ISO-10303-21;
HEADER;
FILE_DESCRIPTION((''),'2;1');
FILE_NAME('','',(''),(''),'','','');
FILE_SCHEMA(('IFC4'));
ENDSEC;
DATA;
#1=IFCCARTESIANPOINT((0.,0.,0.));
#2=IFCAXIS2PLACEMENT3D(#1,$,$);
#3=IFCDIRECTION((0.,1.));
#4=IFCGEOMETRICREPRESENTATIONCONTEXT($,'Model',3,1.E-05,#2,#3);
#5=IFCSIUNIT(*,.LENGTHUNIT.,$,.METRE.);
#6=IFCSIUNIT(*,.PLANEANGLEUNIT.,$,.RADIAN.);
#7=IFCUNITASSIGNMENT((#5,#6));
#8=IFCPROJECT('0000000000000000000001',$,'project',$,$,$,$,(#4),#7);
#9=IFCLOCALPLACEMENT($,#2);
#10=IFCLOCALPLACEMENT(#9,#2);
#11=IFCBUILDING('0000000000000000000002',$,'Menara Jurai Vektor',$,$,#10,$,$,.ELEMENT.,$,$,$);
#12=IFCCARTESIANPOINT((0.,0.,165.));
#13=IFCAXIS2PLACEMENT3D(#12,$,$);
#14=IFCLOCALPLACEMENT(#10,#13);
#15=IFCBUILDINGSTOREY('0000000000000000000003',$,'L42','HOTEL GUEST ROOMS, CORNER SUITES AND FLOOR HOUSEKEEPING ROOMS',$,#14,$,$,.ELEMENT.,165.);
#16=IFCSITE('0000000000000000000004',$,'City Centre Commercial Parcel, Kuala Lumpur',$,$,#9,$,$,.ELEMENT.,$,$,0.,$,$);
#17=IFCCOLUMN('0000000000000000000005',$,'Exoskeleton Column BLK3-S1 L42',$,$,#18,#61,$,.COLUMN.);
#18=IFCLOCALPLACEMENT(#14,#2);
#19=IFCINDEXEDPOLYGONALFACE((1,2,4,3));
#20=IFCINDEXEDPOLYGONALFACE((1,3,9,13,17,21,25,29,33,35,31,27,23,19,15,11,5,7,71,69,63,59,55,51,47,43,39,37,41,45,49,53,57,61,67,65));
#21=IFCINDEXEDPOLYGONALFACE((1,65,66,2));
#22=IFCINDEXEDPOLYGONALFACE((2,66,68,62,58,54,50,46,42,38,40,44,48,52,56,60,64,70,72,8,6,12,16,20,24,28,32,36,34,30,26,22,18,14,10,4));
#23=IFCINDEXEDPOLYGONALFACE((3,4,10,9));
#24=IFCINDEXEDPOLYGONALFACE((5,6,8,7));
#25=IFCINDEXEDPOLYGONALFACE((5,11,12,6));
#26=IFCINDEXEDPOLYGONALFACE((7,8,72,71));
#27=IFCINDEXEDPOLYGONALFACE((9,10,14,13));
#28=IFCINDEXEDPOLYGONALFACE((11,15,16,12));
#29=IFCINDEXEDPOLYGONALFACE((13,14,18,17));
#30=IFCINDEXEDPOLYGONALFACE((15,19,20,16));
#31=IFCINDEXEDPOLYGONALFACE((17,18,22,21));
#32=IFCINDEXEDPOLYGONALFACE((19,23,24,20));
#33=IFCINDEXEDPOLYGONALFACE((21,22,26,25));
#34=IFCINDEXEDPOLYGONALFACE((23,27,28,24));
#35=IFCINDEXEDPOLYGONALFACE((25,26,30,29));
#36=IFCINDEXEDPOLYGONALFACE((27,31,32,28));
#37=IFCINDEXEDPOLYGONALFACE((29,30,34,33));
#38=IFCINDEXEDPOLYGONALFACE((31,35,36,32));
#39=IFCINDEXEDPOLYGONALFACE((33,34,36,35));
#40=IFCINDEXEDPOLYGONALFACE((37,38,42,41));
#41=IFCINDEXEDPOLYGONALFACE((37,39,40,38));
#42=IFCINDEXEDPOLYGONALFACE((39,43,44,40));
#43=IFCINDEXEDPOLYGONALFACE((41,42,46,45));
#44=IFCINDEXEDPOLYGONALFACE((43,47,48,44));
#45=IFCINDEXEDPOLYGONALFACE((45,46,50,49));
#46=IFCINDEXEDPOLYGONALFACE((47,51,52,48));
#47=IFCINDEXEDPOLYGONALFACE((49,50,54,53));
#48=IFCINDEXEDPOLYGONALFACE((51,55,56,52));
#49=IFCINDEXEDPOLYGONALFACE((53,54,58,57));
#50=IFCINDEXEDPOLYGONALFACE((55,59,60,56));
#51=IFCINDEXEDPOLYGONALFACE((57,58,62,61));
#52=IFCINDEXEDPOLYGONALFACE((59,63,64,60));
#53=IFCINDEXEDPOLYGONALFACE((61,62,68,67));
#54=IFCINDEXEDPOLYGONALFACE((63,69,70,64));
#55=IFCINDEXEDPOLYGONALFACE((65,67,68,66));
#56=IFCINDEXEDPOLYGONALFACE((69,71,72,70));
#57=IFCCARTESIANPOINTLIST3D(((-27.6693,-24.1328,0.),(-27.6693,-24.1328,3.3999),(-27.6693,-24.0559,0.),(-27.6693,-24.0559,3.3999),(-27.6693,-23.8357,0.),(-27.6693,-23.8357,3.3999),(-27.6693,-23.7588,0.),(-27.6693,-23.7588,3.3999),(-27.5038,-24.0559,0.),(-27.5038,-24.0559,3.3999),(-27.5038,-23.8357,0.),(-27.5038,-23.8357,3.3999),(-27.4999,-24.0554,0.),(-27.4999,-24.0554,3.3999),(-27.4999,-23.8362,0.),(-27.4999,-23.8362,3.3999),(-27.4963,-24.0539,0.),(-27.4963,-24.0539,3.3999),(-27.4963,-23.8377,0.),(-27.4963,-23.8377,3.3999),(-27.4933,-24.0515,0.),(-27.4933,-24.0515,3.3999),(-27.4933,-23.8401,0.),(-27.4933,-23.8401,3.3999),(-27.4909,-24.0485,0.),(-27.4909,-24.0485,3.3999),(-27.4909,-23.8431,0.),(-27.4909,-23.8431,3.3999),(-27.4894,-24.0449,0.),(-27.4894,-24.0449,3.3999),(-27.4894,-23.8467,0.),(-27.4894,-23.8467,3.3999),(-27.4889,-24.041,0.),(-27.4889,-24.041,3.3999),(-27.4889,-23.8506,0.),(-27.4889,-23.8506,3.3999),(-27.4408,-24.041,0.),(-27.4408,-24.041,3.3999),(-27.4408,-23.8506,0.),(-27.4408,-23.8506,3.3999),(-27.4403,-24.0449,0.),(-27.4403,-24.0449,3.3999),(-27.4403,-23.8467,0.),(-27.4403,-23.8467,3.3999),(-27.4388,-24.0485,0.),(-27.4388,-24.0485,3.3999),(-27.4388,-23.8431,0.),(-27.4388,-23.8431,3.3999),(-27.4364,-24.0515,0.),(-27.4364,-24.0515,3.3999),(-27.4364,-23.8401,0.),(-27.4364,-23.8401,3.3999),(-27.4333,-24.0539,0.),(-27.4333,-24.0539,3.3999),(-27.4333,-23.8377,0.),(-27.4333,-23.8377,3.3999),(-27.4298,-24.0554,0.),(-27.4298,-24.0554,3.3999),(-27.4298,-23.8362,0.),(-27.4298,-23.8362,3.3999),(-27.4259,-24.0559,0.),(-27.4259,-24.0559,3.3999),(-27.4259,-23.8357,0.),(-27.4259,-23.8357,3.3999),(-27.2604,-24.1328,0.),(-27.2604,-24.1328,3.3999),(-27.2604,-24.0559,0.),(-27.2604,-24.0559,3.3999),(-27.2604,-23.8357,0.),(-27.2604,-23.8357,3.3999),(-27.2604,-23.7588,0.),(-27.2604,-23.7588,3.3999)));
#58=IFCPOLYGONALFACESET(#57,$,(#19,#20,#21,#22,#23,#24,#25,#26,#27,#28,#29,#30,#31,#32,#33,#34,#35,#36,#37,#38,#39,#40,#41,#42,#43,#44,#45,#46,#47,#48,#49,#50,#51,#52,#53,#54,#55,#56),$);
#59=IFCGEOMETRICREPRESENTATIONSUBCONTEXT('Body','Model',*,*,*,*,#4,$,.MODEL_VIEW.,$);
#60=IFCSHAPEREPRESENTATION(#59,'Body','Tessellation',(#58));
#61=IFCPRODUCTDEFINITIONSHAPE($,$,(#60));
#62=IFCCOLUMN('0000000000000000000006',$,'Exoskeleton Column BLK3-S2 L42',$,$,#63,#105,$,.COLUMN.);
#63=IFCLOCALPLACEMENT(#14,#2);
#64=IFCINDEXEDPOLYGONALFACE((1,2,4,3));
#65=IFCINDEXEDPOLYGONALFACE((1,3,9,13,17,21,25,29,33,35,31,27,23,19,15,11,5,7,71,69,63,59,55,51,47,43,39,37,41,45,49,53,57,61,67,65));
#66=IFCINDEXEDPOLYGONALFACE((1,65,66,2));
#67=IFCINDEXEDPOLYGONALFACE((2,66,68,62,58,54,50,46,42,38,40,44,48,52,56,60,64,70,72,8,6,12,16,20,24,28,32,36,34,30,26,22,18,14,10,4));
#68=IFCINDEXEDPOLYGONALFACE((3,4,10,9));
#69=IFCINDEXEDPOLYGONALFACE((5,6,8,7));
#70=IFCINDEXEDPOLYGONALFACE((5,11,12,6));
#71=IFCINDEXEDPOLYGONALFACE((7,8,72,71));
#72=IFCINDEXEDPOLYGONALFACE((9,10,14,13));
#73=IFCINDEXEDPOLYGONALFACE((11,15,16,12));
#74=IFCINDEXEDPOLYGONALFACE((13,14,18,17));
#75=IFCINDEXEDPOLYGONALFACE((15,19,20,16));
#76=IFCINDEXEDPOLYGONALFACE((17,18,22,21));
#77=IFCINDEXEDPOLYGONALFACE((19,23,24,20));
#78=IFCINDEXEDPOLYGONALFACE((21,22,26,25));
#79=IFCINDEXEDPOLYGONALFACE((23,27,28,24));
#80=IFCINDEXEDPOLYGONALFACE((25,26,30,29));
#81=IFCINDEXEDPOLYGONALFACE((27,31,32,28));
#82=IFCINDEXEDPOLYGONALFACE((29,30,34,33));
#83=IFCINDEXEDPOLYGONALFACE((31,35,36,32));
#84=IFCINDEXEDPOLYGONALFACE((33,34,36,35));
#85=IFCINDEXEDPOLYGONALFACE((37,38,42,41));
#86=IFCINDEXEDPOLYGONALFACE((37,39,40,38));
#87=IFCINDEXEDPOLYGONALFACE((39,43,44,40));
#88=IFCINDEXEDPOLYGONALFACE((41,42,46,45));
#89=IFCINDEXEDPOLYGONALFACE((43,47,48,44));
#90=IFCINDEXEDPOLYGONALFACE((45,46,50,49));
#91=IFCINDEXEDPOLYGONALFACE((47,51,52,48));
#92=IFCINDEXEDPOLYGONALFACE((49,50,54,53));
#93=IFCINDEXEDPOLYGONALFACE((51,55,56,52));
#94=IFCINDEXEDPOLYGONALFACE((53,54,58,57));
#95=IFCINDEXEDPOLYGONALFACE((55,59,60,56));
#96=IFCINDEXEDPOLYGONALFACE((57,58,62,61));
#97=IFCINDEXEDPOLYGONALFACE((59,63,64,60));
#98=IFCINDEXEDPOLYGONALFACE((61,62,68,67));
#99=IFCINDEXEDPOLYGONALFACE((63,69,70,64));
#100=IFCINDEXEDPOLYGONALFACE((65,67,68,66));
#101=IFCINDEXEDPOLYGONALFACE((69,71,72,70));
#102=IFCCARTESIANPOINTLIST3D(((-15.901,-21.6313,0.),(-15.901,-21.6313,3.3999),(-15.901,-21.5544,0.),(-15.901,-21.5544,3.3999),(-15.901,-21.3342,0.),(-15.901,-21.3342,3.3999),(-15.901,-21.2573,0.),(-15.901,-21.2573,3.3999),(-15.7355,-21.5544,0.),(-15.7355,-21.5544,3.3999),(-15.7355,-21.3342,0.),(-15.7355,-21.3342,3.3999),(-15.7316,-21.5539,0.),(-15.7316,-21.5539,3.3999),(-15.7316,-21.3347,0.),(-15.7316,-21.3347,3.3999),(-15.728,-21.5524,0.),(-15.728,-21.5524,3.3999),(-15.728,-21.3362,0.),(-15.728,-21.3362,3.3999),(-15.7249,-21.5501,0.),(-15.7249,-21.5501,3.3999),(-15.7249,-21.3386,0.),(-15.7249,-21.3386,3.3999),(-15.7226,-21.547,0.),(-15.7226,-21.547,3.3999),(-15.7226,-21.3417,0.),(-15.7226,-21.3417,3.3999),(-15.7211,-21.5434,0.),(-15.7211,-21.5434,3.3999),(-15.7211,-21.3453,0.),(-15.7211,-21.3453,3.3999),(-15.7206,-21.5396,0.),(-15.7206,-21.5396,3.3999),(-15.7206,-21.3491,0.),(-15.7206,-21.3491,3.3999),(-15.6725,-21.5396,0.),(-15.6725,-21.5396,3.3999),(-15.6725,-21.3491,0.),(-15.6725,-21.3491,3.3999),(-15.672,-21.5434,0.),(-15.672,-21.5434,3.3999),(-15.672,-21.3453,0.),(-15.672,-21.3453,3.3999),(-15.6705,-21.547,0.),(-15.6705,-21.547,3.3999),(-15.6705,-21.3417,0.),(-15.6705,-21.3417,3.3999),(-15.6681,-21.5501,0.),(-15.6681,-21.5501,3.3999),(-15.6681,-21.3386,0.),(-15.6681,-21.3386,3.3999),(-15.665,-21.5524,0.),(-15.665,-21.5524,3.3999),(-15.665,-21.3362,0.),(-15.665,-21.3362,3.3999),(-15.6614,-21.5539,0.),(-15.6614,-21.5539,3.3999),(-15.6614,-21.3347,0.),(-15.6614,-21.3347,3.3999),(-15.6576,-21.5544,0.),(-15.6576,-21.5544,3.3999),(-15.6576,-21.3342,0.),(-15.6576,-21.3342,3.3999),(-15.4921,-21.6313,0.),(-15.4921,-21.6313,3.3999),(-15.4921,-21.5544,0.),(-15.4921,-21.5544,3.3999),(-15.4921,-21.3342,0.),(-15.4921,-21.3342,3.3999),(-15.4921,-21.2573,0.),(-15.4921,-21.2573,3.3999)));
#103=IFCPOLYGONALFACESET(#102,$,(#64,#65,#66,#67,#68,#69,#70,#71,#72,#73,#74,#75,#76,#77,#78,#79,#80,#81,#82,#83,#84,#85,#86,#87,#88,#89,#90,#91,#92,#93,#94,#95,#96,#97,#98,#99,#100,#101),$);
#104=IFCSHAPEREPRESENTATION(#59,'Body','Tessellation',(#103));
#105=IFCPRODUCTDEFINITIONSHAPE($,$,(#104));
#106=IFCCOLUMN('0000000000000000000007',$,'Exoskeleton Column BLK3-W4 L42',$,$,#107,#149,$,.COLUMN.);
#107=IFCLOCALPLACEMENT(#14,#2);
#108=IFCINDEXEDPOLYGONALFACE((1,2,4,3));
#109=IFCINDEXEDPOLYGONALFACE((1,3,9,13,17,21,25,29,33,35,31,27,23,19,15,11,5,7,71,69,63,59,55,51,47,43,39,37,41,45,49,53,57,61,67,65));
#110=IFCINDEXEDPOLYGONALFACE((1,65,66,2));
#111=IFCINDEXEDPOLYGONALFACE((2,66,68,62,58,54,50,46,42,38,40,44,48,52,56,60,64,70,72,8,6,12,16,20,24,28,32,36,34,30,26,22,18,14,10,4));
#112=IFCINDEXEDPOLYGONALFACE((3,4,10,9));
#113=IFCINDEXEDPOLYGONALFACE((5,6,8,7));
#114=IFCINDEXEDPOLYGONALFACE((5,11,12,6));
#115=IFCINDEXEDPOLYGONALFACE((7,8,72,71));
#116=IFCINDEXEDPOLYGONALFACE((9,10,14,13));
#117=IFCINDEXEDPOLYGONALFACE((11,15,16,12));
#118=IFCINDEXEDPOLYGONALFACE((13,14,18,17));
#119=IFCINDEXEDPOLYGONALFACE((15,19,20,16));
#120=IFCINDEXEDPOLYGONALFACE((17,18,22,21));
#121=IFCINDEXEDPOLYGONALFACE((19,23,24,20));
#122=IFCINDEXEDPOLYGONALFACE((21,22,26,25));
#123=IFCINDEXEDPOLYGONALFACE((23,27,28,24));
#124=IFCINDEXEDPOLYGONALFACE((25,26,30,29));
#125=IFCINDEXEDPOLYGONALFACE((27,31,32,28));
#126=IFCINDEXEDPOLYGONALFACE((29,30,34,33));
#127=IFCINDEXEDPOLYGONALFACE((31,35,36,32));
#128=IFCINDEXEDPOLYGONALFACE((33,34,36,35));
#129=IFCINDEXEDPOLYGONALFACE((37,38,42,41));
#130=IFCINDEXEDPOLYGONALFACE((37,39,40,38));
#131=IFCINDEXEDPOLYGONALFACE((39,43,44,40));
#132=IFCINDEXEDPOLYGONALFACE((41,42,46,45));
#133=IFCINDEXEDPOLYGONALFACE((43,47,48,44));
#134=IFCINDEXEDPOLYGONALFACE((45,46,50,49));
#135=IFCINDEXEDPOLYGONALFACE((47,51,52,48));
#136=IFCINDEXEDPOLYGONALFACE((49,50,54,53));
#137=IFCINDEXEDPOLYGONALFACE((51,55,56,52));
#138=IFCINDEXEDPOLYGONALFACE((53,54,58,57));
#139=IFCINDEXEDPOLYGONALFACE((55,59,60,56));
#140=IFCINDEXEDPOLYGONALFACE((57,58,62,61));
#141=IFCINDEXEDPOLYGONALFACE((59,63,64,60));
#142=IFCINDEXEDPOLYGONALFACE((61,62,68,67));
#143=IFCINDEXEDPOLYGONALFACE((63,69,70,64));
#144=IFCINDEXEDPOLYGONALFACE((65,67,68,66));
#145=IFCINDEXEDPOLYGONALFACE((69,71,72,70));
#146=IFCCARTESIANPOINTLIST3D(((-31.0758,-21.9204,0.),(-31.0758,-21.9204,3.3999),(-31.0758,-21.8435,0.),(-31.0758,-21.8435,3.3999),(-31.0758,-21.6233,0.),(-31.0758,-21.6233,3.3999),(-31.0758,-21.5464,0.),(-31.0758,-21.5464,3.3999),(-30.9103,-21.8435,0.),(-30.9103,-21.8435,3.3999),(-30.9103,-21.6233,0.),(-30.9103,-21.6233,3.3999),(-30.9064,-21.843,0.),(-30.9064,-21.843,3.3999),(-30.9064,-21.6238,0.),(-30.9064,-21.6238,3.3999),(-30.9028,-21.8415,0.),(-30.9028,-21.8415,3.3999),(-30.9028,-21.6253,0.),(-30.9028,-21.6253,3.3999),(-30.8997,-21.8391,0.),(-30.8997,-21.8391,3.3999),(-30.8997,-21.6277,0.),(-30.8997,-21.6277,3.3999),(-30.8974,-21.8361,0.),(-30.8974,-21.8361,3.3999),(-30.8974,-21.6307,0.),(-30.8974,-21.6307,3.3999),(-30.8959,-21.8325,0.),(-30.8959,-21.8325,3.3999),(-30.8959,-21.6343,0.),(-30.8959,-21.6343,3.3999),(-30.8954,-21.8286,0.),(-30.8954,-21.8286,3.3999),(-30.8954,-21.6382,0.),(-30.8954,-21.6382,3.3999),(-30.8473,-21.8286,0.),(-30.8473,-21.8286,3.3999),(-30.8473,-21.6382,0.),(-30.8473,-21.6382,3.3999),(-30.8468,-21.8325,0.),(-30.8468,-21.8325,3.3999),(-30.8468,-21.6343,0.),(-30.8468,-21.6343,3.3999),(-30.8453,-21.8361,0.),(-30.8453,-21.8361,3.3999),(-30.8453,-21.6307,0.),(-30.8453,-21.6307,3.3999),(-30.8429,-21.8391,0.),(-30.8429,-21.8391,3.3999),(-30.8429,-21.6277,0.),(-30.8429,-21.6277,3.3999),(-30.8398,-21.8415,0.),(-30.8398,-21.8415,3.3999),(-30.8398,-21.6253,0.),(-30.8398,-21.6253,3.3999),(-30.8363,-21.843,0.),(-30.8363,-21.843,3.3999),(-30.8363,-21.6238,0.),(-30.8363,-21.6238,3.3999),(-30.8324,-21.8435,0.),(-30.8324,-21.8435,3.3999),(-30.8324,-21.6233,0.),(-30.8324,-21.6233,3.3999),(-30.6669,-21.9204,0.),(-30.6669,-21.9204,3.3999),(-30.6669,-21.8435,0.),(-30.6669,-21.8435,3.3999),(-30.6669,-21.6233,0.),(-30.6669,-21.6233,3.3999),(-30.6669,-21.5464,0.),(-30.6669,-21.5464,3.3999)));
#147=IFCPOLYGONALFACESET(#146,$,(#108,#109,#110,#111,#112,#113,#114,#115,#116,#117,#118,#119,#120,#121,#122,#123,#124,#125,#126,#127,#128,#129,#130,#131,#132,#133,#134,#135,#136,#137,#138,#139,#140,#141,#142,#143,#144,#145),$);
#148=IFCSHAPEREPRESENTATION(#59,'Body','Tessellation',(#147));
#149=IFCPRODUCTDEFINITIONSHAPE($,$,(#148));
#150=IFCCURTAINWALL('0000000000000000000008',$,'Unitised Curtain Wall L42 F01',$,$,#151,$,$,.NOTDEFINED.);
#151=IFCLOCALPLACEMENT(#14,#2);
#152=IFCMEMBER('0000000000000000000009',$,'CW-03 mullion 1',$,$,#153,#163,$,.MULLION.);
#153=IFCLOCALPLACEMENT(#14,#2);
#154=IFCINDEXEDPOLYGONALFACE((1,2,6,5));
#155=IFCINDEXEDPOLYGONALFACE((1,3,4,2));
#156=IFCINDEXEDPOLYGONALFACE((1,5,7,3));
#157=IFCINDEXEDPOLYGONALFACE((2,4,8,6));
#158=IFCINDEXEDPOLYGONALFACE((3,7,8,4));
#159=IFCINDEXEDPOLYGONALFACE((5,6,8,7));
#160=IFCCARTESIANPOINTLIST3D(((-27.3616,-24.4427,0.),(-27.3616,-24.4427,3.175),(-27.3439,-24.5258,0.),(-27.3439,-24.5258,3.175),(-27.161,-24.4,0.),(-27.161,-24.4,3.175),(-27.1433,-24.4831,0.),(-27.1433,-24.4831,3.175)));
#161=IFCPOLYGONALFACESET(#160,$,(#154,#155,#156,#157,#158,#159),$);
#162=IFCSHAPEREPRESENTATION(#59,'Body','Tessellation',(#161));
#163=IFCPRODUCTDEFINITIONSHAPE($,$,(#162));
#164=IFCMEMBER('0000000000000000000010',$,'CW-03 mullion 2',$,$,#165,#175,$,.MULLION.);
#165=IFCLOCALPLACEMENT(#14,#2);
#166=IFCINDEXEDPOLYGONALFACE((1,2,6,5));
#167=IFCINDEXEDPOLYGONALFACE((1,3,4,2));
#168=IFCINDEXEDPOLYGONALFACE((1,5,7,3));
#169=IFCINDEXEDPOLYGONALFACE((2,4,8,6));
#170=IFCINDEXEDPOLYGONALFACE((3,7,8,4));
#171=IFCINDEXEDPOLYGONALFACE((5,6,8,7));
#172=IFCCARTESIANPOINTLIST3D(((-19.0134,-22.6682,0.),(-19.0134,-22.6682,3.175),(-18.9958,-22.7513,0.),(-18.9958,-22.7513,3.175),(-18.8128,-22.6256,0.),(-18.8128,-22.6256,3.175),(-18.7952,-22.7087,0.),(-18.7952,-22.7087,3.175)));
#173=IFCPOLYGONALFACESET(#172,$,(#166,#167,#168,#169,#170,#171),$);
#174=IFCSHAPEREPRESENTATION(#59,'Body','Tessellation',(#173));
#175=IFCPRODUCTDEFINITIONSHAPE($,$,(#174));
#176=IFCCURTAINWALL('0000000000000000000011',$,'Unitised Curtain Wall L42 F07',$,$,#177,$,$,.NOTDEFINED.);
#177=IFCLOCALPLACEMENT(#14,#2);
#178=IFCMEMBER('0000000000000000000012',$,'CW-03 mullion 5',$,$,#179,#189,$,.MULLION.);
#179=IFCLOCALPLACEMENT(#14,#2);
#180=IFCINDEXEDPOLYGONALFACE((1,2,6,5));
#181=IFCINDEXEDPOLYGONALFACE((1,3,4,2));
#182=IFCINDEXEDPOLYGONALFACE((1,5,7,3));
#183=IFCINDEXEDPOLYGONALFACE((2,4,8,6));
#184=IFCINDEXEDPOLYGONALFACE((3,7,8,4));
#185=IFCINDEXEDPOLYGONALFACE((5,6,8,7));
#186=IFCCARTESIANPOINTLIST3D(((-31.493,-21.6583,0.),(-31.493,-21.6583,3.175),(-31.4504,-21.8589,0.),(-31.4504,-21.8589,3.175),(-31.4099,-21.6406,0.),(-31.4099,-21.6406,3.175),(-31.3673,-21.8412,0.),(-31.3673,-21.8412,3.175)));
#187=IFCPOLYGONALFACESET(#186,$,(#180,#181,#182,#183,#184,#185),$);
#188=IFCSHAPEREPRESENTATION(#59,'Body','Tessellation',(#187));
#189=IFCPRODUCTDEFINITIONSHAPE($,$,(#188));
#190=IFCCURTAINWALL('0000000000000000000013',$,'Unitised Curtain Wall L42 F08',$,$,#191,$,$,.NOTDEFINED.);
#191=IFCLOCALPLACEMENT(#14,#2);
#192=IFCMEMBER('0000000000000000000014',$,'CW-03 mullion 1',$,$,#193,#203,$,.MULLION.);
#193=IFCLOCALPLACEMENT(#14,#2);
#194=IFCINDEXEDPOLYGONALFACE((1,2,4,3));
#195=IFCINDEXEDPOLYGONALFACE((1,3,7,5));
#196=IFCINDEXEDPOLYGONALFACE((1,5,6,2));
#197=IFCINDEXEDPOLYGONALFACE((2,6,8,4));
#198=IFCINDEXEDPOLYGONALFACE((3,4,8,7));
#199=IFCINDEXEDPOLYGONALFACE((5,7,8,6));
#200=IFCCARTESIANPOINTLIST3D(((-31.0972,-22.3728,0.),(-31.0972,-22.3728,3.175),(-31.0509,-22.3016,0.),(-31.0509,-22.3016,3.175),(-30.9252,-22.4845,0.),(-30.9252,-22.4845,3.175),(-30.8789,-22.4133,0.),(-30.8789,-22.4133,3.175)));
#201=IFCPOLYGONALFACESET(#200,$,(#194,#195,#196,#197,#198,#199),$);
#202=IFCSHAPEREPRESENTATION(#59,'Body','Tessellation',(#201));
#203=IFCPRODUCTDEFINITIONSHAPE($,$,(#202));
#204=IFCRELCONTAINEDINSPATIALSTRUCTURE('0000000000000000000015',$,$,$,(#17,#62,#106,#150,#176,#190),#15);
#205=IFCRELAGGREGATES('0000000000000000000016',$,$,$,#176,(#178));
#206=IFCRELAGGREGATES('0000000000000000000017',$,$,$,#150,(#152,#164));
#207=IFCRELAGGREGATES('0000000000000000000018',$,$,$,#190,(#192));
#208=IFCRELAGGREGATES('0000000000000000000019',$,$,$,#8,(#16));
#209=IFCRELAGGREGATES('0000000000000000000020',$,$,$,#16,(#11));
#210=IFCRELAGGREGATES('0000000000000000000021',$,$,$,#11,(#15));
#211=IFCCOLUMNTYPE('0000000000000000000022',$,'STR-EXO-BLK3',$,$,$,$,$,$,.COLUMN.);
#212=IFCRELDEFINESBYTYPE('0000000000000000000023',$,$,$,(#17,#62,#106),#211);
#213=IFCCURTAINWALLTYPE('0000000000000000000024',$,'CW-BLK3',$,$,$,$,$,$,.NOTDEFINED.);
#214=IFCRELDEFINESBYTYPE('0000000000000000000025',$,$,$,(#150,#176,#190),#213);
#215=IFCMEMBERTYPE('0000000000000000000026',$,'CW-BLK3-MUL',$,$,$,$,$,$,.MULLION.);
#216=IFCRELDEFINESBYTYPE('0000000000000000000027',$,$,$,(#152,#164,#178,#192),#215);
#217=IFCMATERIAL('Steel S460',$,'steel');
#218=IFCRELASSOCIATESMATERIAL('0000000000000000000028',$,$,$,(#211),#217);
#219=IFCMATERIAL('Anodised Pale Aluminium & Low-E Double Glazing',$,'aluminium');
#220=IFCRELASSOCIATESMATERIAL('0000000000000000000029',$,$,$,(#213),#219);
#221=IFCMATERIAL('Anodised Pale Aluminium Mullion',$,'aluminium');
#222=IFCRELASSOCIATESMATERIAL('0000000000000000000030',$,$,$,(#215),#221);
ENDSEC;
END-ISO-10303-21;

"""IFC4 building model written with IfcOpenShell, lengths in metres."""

from ifc_helpers import new_model, si_unit, direction, frame, origin, origin_2d, place, context, subcontext, project, spatial, rectangle, i_section, extrude, material, material_profile, profile_set, type_object, element, aggregate, save


model = new_model("IFC4")

# Units and contexts
model_context = context("Model", 3, precision=1e-05, world=origin(), true_north=direction((0.0, 1.0)))
body_context = subcontext(model_context, "Body", "Model", "MODEL_VIEW")
ifc_project = project(units=[si_unit("LENGTHUNIT", "METRE"), si_unit("PLANEANGLEUNIT", "RADIAN")], contexts=[model_context])

# Site, building, storey
site_placement = place(None, origin())
site = spatial("IfcSite", under=ifc_project, at=site_placement, Name="City Centre Commercial Parcel, Kuala Lumpur", CompositionType="ELEMENT", RefElevation=0.0)
building_placement = place(site_placement, origin())
building = spatial("IfcBuilding", under=site, at=building_placement, Name="Menara Jurai Vektor", CompositionType="ELEMENT")
storey_placement = place(building_placement, frame((0.0, 0.0, 165.0)))
storey = spatial("IfcBuildingStorey", under=building, at=storey_placement, Name="L42", Description="HOTEL GUEST ROOMS, CORNER SUITES AND FLOOR HOUSEKEEPING ROOMS", CompositionType="ELEMENT", Elevation=165.0)

# Columns
ifc_material_1 = material(Name="Steel S460", Category="steel")
ifc_material_profile_1 = material_profile(ifc_material_1, i_section(OverallWidth=0.4089, OverallDepth=0.374, WebThickness=0.0481, FlangeThickness=0.0769, FilletRadius=0.0149, at=origin_2d()), Name="HD 400x634")
ifc_profile_set_1 = profile_set([ifc_material_profile_1], Name="Steel S460")
column_type = type_object("IfcColumnType", Name="STR-EXO-BLK3", PredefinedType="COLUMN", material=ifc_profile_set_1)
for number, where, z_axis, x_axis, name in (
    (1, (-27.4648, -23.9458, 0.0), (0.0, 0.0, 1.0), (1.0, 0.0, 0.0), "Exoskeleton Column BLK3-S1 L42"),
    (2, (-15.6965, -21.4443, 0.0), (0.0, 0.0, 1.0), (1.0, 0.0, 0.0), "Exoskeleton Column BLK3-S2 L42"),
    (3, (-30.8713, -21.7334, 0.0), (0.0, 0.0, 1.0), (1.0, 0.0, 0.0), "Exoskeleton Column BLK3-W4 L42"),
):
    element("IfcColumn", number, at=place(storey_placement, frame(where, z_axis=z_axis, x_axis=x_axis)), inside=storey, type_object=column_type, Name=name, PredefinedType="COLUMN", context=body_context, shape_type="SweptSolid", body=[
        extrude(i_section(OverallWidth=0.4089, OverallDepth=0.374, WebThickness=0.0481, FlangeThickness=0.0769, FilletRadius=0.0149, at=origin_2d()), origin(), (0.0, 0.0, 1.0), 3.3999),
    ])

# Curtain wall, members
ifc_material_2 = material(Name="Anodised Pale Aluminium & Low-E Double Glazing", Category="aluminium")
curtain_wall_type = type_object("IfcCurtainWallType", Name="CW-BLK3", PredefinedType="NOTDEFINED", material=ifc_material_2)
curtain_wall_1_placement = place(storey_placement, origin())
curtain_wall_1 = element("IfcCurtainWall", 4, at=curtain_wall_1_placement, inside=storey, type_object=curtain_wall_type, Name="Unitised Curtain Wall L42 F01", PredefinedType="NOTDEFINED")
ifc_material_3 = material(Name="Anodised Pale Aluminium Mullion", Category="aluminium")
ifc_material_profile_2 = material_profile(ifc_material_3, rectangle(XDim=0.085, YDim=0.2051, at=origin_2d()), Name="ALU MUL 85x205")
ifc_profile_set_2 = profile_set([ifc_material_profile_2], Name="Anodised Pale Aluminium Mullion")
member_type_1 = type_object("IfcMemberType", Name="CW-BLK3-MUL", PredefinedType="MULLION", material=ifc_profile_set_2)
member_1_placement = place(storey_placement, frame((-27.2524, -24.4629, 0.0), z_axis=(0.0, 0.0, 1.0), x_axis=(-0.207911, 0.978148, 0.0)))
member_1 = element("IfcMember", 5, at=member_1_placement, type_object=member_type_1, Name="CW-03 mullion 1", PredefinedType="MULLION", context=body_context, shape_type="SweptSolid", body=[
    extrude(rectangle(XDim=0.085, YDim=0.2051, at=origin_2d()), origin(), (0.0, 0.0, 1.0), 3.175),
])
member_2_placement = place(storey_placement, frame((-18.9043, -22.6885, 0.0), z_axis=(0.0, 0.0, 1.0), x_axis=(-0.207911, 0.978148, 0.0)))
member_2 = element("IfcMember", 6, at=member_2_placement, type_object=member_type_1, Name="CW-03 mullion 2", PredefinedType="MULLION", context=body_context, shape_type="SweptSolid", body=[
    extrude(rectangle(XDim=0.085, YDim=0.2051, at=origin_2d()), origin(), (0.0, 0.0, 1.0), 3.175),
])

# Curtain wall, member
curtain_wall_2_placement = place(storey_placement, origin())
curtain_wall_2 = element("IfcCurtainWall", 7, at=curtain_wall_2_placement, inside=storey, type_object=curtain_wall_type, Name="Unitised Curtain Wall L42 F07", PredefinedType="NOTDEFINED")
member_3_placement = place(storey_placement, frame((-31.4302, -21.7498, 0.0), z_axis=(0.0, 0.0, 1.0), x_axis=(0.978148, 0.20791, 0.0)))
member_3 = element("IfcMember", 8, at=member_3_placement, type_object=member_type_1, Name="CW-03 mullion 5", PredefinedType="MULLION", context=body_context, shape_type="SweptSolid", body=[
    extrude(rectangle(XDim=0.085, YDim=0.2051, at=origin_2d()), origin(), (0.0, 0.0, 1.0), 3.175),
])
aggregate(curtain_wall_2, [member_3])

# Curtain wall, member
curtain_wall_3_placement = place(storey_placement, origin())
curtain_wall_3 = element("IfcCurtainWall", 9, at=curtain_wall_3_placement, inside=storey, type_object=curtain_wall_type, Name="Unitised Curtain Wall L42 F08", PredefinedType="NOTDEFINED")
member_4_placement = place(storey_placement, frame((-30.988, -22.3931, 0.0), z_axis=(0.0, 0.0, 1.0), x_axis=(0.544618, 0.838684, 0.0)))
member_4 = element("IfcMember", 10, at=member_4_placement, type_object=member_type_1, Name="CW-03 mullion 1", PredefinedType="MULLION", context=body_context, shape_type="SweptSolid", body=[
    extrude(rectangle(XDim=0.085, YDim=0.2051, at=origin_2d()), origin(), (0.0, 0.0, 1.0), 3.175),
])

aggregate(curtain_wall_1, [member_1, member_2])
aggregate(curtain_wall_3, [member_4])

save(model, "model.ifc")
